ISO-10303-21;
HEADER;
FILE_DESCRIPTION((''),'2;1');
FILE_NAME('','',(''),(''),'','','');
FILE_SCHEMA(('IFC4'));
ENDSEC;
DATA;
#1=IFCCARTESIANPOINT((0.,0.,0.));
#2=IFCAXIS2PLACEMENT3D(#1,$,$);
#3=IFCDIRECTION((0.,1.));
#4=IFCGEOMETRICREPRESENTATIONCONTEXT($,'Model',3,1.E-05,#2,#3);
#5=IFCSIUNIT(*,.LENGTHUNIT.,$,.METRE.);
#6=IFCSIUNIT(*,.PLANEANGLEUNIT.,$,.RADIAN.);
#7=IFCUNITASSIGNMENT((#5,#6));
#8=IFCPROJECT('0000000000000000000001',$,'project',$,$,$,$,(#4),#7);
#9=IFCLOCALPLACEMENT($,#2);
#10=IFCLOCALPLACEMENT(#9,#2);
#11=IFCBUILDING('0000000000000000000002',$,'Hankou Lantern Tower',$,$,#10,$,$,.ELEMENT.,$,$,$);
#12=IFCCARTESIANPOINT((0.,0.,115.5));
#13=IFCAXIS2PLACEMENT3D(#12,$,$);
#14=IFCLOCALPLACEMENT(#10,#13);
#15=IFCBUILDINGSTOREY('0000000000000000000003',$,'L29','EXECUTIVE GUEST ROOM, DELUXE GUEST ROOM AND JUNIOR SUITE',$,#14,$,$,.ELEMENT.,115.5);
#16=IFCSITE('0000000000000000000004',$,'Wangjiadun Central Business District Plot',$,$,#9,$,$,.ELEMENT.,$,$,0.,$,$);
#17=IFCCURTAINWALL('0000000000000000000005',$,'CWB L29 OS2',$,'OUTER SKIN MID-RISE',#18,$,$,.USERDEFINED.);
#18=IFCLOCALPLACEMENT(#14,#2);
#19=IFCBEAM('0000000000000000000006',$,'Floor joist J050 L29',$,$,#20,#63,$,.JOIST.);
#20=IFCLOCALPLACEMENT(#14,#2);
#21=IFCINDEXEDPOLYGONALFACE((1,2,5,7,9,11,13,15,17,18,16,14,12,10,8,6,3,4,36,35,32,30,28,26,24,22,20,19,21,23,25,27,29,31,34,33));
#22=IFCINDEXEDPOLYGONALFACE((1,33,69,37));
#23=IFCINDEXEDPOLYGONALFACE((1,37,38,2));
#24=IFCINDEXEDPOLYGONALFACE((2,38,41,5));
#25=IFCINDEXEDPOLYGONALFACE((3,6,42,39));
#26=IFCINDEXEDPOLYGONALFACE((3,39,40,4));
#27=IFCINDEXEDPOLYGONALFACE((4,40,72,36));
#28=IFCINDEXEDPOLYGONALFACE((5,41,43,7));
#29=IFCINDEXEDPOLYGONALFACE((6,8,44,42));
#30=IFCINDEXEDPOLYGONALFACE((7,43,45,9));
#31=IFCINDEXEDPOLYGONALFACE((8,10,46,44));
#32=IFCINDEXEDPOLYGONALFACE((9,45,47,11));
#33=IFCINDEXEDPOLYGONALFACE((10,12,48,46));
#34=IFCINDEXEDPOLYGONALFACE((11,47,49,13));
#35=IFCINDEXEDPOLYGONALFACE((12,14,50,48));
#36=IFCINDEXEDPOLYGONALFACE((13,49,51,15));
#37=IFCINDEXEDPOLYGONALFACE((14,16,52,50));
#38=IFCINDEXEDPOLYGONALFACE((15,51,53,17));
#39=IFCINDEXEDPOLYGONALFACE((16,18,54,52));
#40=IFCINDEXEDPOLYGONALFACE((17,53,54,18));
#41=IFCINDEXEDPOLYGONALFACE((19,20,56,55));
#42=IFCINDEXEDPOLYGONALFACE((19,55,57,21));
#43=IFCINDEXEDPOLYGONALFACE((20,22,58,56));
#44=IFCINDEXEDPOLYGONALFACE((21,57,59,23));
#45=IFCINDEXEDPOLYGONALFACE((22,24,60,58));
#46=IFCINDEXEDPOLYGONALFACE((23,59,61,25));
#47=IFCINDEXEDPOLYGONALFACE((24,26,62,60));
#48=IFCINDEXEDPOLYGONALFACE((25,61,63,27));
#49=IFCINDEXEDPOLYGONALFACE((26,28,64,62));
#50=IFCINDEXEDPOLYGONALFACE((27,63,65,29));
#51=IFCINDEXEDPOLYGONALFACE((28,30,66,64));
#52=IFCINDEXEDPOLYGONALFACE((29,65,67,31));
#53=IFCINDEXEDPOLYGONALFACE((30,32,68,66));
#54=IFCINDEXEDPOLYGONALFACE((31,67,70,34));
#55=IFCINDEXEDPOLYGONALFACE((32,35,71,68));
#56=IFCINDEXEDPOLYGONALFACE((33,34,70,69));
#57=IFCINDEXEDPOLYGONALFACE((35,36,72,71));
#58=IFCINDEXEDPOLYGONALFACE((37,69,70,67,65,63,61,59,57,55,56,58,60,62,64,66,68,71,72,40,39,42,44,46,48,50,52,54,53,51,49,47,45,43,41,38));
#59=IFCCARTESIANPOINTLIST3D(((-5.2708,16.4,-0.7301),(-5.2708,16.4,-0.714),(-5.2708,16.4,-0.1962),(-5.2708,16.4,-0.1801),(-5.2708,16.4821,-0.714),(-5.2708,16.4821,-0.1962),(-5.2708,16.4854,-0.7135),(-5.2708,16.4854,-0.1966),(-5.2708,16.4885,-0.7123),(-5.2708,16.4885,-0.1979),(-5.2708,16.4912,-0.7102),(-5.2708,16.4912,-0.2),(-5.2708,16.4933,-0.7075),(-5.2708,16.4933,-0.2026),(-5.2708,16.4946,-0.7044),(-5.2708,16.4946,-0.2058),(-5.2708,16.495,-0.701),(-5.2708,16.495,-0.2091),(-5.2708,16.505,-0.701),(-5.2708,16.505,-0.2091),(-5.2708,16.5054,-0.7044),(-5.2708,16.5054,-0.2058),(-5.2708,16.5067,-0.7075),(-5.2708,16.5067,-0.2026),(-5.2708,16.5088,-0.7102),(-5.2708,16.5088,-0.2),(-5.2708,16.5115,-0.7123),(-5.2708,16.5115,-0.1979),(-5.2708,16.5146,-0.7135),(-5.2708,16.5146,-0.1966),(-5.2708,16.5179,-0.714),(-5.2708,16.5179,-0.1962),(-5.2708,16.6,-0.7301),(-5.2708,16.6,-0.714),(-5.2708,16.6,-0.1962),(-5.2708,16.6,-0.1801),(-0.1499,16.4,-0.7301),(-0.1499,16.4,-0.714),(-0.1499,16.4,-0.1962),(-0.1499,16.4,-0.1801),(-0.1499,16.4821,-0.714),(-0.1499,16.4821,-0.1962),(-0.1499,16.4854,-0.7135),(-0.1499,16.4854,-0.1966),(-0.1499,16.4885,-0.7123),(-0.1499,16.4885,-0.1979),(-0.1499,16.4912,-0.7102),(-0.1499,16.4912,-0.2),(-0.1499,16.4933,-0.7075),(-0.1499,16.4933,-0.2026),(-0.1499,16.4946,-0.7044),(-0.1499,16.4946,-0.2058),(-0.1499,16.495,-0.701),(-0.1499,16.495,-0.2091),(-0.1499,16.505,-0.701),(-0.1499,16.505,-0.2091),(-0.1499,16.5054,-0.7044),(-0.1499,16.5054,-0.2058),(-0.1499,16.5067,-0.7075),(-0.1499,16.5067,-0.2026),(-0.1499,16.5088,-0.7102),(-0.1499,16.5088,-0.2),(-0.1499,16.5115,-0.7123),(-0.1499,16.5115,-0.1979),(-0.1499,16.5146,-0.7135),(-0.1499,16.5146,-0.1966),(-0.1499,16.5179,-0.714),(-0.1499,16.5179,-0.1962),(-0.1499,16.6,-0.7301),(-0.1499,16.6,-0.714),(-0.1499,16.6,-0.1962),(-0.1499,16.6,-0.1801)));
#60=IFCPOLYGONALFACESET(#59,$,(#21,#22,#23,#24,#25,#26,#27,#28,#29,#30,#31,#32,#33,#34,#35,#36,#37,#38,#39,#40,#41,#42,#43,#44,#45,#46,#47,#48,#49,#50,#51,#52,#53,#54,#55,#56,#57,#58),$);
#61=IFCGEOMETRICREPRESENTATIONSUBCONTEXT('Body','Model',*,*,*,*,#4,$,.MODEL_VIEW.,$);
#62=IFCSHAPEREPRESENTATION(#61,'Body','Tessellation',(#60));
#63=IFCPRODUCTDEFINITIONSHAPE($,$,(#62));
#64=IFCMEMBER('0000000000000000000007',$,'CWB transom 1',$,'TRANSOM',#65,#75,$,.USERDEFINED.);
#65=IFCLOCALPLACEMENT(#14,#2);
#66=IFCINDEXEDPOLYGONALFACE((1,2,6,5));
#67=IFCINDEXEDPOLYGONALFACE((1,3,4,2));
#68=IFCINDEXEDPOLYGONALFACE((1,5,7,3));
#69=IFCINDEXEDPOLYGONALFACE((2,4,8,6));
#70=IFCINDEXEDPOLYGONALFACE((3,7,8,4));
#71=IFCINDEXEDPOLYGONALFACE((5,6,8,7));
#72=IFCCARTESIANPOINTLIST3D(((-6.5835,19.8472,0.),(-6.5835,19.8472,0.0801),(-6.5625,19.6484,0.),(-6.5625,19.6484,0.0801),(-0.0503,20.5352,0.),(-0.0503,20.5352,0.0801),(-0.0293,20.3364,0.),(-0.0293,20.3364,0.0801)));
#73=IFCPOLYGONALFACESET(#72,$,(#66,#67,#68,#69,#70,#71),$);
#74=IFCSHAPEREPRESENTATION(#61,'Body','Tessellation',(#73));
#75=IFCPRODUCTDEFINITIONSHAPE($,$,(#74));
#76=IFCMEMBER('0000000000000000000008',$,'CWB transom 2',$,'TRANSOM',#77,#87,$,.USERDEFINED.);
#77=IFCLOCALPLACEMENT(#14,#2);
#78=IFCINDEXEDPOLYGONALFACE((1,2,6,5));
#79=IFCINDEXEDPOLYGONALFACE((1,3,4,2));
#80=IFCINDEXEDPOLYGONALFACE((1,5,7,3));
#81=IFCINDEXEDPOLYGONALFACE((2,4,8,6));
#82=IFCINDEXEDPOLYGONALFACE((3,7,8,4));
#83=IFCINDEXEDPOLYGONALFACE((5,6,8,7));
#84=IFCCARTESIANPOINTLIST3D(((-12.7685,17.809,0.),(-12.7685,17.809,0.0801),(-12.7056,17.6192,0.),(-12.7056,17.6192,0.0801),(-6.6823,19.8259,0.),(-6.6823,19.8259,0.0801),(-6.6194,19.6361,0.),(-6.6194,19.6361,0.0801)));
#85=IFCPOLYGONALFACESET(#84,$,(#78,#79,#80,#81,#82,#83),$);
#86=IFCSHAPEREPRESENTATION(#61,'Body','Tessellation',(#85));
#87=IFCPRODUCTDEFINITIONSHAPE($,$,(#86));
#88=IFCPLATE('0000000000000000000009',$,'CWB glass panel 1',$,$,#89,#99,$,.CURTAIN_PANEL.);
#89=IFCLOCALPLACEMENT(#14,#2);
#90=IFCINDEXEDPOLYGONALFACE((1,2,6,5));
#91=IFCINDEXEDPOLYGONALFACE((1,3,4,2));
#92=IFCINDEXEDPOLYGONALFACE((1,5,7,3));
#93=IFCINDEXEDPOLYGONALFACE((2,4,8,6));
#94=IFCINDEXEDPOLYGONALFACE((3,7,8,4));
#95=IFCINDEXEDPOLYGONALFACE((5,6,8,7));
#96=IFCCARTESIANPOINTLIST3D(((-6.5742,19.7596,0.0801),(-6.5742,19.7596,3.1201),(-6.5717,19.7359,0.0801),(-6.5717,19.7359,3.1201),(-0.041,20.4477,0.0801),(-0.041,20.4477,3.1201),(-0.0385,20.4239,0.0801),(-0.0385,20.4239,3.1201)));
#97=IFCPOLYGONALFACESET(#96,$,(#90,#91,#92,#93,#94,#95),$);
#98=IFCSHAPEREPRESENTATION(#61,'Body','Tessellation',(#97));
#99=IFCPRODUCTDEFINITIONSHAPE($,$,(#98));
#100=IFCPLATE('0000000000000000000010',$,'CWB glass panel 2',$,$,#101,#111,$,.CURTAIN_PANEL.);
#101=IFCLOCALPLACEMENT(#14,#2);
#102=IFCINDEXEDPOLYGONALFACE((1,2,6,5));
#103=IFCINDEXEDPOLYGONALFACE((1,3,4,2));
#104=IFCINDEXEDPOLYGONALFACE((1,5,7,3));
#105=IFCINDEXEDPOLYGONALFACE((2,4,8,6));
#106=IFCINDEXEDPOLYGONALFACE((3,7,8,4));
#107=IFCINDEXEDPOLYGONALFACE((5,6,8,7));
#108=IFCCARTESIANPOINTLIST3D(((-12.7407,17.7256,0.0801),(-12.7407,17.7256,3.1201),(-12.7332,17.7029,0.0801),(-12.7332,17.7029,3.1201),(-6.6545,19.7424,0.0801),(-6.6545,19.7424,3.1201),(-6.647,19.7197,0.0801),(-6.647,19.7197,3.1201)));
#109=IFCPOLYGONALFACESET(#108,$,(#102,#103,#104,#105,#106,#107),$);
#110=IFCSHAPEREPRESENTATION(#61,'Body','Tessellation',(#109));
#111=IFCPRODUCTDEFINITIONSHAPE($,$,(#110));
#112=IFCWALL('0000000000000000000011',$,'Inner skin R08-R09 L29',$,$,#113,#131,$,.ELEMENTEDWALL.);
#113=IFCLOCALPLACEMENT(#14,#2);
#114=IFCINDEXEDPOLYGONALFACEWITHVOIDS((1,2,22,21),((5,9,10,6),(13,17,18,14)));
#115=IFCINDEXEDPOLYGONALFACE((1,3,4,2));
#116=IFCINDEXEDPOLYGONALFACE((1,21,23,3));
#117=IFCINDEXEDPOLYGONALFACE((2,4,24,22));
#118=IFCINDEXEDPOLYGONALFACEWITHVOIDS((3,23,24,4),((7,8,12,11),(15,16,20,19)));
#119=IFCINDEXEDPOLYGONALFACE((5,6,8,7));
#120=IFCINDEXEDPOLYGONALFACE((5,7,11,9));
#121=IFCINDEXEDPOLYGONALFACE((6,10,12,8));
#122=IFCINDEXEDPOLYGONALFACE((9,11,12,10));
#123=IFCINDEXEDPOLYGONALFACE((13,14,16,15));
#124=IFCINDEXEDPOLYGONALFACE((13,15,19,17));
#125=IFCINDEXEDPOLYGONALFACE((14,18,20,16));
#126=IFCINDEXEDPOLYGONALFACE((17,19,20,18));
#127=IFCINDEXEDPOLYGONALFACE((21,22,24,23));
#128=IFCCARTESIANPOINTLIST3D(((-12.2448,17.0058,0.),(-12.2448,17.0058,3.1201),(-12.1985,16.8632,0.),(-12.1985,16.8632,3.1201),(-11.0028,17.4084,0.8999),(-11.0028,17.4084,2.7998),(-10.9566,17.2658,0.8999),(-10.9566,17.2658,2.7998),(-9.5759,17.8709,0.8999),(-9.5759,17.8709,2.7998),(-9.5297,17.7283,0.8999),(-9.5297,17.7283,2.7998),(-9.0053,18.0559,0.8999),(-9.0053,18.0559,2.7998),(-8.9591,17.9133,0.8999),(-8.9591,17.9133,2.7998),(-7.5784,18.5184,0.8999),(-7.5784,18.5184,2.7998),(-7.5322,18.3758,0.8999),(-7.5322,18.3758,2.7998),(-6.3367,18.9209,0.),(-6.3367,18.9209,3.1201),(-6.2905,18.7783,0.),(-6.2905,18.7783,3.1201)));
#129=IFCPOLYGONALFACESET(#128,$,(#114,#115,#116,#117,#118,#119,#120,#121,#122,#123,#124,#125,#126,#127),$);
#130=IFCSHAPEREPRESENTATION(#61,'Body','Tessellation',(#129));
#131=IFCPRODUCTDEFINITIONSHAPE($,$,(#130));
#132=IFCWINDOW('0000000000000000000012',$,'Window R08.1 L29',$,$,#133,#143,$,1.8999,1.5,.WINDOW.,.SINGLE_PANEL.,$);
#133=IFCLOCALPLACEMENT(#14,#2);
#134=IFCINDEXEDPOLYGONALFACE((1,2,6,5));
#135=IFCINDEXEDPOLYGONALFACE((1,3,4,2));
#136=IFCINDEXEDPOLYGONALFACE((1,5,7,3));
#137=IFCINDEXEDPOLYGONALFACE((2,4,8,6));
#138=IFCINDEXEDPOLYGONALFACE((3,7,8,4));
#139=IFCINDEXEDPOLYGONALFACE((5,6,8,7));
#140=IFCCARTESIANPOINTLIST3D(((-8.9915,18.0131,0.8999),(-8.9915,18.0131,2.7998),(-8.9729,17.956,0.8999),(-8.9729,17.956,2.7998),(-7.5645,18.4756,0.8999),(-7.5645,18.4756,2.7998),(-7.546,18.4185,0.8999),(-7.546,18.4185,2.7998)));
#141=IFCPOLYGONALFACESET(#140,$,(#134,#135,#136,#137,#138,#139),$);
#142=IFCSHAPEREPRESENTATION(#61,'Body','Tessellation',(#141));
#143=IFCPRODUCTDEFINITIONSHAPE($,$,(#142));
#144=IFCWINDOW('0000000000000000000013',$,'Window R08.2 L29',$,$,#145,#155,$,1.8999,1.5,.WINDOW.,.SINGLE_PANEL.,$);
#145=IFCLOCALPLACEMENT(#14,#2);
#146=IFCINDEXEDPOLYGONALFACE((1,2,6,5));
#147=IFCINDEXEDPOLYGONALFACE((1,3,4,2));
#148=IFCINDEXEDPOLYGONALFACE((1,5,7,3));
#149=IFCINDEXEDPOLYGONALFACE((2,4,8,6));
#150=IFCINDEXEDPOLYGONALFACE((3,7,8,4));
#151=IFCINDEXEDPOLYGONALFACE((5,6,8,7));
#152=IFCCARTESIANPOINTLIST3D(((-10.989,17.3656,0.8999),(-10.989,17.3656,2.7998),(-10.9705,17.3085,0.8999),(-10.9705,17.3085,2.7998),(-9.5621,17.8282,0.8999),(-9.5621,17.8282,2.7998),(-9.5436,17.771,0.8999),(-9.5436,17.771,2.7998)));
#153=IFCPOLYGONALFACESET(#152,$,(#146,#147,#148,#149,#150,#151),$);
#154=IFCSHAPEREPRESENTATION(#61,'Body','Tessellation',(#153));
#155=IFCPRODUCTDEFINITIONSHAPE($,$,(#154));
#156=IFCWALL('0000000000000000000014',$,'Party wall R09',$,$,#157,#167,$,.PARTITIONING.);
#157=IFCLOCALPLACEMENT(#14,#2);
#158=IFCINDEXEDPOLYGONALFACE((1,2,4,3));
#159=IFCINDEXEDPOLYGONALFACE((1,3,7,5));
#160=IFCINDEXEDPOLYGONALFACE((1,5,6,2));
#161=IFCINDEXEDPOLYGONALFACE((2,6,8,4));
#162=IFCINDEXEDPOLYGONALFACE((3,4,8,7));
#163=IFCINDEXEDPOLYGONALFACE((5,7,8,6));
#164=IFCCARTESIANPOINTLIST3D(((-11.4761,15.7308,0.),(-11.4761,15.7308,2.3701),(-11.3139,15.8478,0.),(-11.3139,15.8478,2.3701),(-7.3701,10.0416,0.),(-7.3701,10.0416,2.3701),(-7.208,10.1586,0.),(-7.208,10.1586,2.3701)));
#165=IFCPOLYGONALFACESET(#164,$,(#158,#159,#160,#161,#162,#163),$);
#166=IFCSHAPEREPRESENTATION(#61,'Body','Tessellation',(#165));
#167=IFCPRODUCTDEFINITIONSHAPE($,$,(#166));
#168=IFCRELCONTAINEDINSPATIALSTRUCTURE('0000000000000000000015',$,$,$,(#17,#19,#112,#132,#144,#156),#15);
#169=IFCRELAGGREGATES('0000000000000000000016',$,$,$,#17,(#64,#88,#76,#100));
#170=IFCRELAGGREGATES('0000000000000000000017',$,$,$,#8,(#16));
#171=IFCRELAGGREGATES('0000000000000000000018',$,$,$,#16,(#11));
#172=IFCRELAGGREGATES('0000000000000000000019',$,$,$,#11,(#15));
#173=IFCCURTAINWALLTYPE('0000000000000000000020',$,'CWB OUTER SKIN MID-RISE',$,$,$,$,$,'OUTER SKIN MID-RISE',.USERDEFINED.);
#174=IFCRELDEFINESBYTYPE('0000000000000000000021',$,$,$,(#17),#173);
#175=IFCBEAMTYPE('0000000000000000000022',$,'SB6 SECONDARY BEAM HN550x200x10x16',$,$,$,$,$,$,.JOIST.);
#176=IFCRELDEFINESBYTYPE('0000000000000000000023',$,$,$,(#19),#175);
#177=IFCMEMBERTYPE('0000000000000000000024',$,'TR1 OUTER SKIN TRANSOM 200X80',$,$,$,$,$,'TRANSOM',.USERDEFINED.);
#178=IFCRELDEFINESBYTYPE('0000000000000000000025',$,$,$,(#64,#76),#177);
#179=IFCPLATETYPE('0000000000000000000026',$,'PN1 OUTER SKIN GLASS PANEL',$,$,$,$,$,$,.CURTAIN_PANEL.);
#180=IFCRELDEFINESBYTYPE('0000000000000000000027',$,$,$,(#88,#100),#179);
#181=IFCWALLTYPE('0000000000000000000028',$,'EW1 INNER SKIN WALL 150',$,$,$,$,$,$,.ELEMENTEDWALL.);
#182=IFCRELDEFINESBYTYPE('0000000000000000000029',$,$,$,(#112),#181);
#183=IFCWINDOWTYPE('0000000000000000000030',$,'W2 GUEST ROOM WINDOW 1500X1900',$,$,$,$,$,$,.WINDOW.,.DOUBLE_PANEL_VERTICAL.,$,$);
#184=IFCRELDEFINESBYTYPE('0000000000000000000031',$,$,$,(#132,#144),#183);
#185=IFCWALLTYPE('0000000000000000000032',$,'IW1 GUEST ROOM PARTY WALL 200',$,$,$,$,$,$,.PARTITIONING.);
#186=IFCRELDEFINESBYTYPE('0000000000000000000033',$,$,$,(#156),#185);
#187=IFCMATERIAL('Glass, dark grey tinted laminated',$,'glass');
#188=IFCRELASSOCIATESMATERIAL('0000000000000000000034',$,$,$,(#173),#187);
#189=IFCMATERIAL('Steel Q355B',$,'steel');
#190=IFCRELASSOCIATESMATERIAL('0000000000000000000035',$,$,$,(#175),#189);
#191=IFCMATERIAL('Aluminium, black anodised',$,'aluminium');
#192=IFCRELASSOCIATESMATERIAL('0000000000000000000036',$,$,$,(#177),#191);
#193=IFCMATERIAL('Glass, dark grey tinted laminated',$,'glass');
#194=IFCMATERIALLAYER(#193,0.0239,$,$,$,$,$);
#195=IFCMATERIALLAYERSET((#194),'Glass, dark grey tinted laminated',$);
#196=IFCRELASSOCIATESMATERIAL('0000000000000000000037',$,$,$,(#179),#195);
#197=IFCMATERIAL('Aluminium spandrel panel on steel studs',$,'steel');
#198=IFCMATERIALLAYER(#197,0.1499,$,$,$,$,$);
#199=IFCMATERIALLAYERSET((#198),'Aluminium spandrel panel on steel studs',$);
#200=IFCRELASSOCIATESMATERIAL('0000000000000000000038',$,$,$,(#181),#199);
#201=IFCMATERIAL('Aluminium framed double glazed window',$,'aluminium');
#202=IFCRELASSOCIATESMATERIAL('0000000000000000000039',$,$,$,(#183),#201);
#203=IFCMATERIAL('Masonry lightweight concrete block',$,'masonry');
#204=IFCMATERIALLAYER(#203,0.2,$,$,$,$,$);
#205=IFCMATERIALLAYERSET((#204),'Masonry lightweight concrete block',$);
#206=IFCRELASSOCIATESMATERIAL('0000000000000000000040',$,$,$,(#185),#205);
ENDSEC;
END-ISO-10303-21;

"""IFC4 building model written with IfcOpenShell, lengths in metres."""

from ifc_helpers import new_model, si_unit, direction, frame, frame_2d, origin, origin_2d, place, context, subcontext, project, spatial, rectangle, i_section, extrude, material, layer, layer_set, material_profile, profile_set, type_object, element, fill, aggregate, save


model = new_model("IFC4")

# Units and contexts
model_context = context("Model", 3, precision=1e-05, world=origin(), true_north=direction((0.0, 1.0)))
body_context = subcontext(model_context, "Body", "Model", "MODEL_VIEW")
ifc_project = project(units=[si_unit("LENGTHUNIT", "METRE"), si_unit("PLANEANGLEUNIT", "RADIAN")], contexts=[model_context])

# Site, building, storey
site_placement = place(None, origin())
site = spatial("IfcSite", under=ifc_project, at=site_placement, Name="Wangjiadun Central Business District Plot", CompositionType="ELEMENT", RefElevation=0.0)
building_placement = place(site_placement, origin())
building = spatial("IfcBuilding", under=site, at=building_placement, Name="Hankou Lantern Tower", CompositionType="ELEMENT")
storey_placement = place(building_placement, frame((0.0, 0.0, 115.5)))
storey = spatial("IfcBuildingStorey", under=building, at=storey_placement, Name="L29", Description="EXECUTIVE GUEST ROOM, DELUXE GUEST ROOM AND JUNIOR SUITE", CompositionType="ELEMENT", Elevation=115.5)

# Curtain wall
ifc_material_1 = material(Name="Glass, dark grey tinted laminated", Category="glass")
curtain_wall_type = type_object("IfcCurtainWallType", Name="CWB OUTER SKIN MID-RISE", ElementType="OUTER SKIN MID-RISE", PredefinedType="USERDEFINED", material=ifc_material_1)
curtain_wall_placement = place(storey_placement, origin())
curtain_wall = element("IfcCurtainWall", 1, at=curtain_wall_placement, inside=storey, type_object=curtain_wall_type, Name="CWB L29 OS2", ObjectType="OUTER SKIN MID-RISE", PredefinedType="USERDEFINED")

# Beam
ifc_material_2 = material(Name="Steel Q355B", Category="steel")
ifc_material_profile_1 = material_profile(ifc_material_2, i_section(OverallWidth=0.2, OverallDepth=0.55, WebThickness=0.01, FlangeThickness=0.0161, FilletRadius=0.0129, at=origin_2d()), Name="HN550x200x10x16")
ifc_profile_set_1 = profile_set([ifc_material_profile_1], Name="Steel Q355B")
beam_type_1 = type_object("IfcBeamType", Name="SB6 SECONDARY BEAM HN550x200x10x16", PredefinedType="JOIST", material=ifc_profile_set_1)
beam_1_placement = place(storey_placement, frame((-5.2708, 16.5, -0.4551), z_axis=(1.0, 0.0, 0.0), x_axis=(0.0, 1.0, 0.0)))
element("IfcBeam", 2, at=beam_1_placement, inside=storey, type_object=beam_type_1, Name="Floor joist J050 L29", PredefinedType="JOIST", context=body_context, shape_type="SweptSolid", body=[
    extrude(i_section(OverallWidth=0.2, OverallDepth=0.55, WebThickness=0.01, FlangeThickness=0.0161, FilletRadius=0.0129, at=origin_2d()), origin(), (0.0, 0.0, 1.0), 5.1208),
])

# Members
ifc_material_3 = material(Name="Aluminium, black anodised", Category="aluminium")
ifc_material_profile_2 = material_profile(ifc_material_3, rectangle(XDim=0.2, YDim=0.0801, at=origin_2d()), Name="TR1 200X80")
ifc_profile_set_2 = profile_set([ifc_material_profile_2], Name="Aluminium, black anodised")
member_type_1 = type_object("IfcMemberType", Name="TR1 OUTER SKIN TRANSOM 200X80", ElementType="TRANSOM", PredefinedType="USERDEFINED", material=ifc_profile_set_2)
member_1_placement = place(storey_placement, frame((-0.0398, 20.4358, 0.04), z_axis=(-0.994501, -0.104727, 0.0), x_axis=(0.104727, -0.994501, 0.0)))
member_1 = element("IfcMember", 3, at=member_1_placement, type_object=member_type_1, Name="CWB transom 1", ObjectType="TRANSOM", PredefinedType="USERDEFINED", context=body_context, shape_type="SweptSolid", body=[
    extrude(rectangle(XDim=0.2, YDim=0.0801, at=origin_2d()), origin(), (0.0, 0.0, 1.0), 6.5693),
])
member_2_placement = place(storey_placement, frame((-6.6509, 19.731, 0.04), z_axis=(-0.949238, -0.314559, 0.0), x_axis=(0.314559, -0.949238, 0.0)))
member_2 = element("IfcMember", 4, at=member_2_placement, type_object=member_type_1, Name="CWB transom 2", ObjectType="TRANSOM", PredefinedType="USERDEFINED", context=body_context, shape_type="SweptSolid", body=[
    extrude(rectangle(XDim=0.2, YDim=0.0801, at=origin_2d()), origin(), (0.0, 0.0, 1.0), 6.4116),
])

# Plates
ifc_material_4 = material(Name="Glass, dark grey tinted laminated", Category="glass")
ifc_layer_1 = layer(ifc_material_4, 0.0239)
ifc_layer_set_1 = layer_set([ifc_layer_1], Name="Glass, dark grey tinted laminated")
plate_type = type_object("IfcPlateType", Name="PN1 OUTER SKIN GLASS PANEL", PredefinedType="CURTAIN_PANEL", material=ifc_layer_set_1)
plate_1_placement = place(storey_placement, frame((-3.3064, 20.0918, 0.0801), z_axis=(0.0, 0.0, 1.0), x_axis=(-0.994499, -0.104743, 0.0)))
plate_1 = element("IfcPlate", 5, at=plate_1_placement, type_object=plate_type, Name="CWB glass panel 1", PredefinedType="CURTAIN_PANEL", context=body_context, shape_type="SweptSolid", body=[
    extrude(rectangle(XDim=6.5693, YDim=0.0239, at=origin_2d()), origin(), (0.0, 0.0, 1.0), 3.04),
])
plate_2_placement = place(storey_placement, frame((-9.6938, 18.7227, 0.0801), z_axis=(0.0, 0.0, 1.0), x_axis=(-0.949241, -0.314551, 0.0)))
plate_2 = element("IfcPlate", 6, at=plate_2_placement, type_object=plate_type, Name="CWB glass panel 2", PredefinedType="CURTAIN_PANEL", context=body_context, shape_type="SweptSolid", body=[
    extrude(rectangle(XDim=6.4116, YDim=0.0239, at=origin_2d()), origin(), (0.0, 0.0, 1.0), 3.04),
])
aggregate(curtain_wall, [member_1, plate_1, member_2, plate_2])

# Wall, openings, windows
ifc_material_5 = material(Name="Aluminium spandrel panel on steel studs", Category="steel")
ifc_layer_2 = layer(ifc_material_5, 0.1499)
ifc_layer_set_2 = layer_set([ifc_layer_2], Name="Aluminium spandrel panel on steel studs")
wall_type_1 = type_object("IfcWallType", Name="EW1 INNER SKIN WALL 150", PredefinedType="ELEMENTEDWALL", material=ifc_layer_set_2)
wall_1_placement = place(storey_placement, frame((-6.3135, 18.8496, 0.0), z_axis=(0.0, 0.0, 1.0), x_axis=(-0.951273, -0.308351, 0.0)))
wall_1 = element("IfcWall", 7, at=wall_1_placement, inside=storey, type_object=wall_type_1, Name="Inner skin R08-R09 L29", PredefinedType="ELEMENTEDWALL", context=body_context, shape_type="SweptSolid", body=[
    extrude(rectangle(XDim=6.2107, YDim=0.1499, at=frame_2d((3.1055, 0.0))), origin(), (0.0, 0.0, 1.0), 3.1201),
])
opening_1_placement = place(wall_1_placement, frame((1.3054, 0.0, 0.8999)))
opening_1 = element("IfcOpeningElement", 8, at=opening_1_placement, cuts=wall_1, PredefinedType="OPENING", context=body_context, shape_type="SweptSolid", body=[
    extrude(rectangle(XDim=1.5, YDim=1.8999, at=frame_2d((0.75, 0.95))), frame((0.0, 0.085, 0.0), z_axis=(0.0, -1.0, 0.0), x_axis=(1.0, 0.0, 0.0)), (0.0, 0.0, 1.0), 0.1699),
])
opening_2_placement = place(wall_1_placement, frame((3.4053, 0.0, 0.8999)))
opening_2 = element("IfcOpeningElement", 9, at=opening_2_placement, cuts=wall_1, PredefinedType="OPENING", context=body_context, shape_type="SweptSolid", body=[
    extrude(rectangle(XDim=1.5, YDim=1.8999, at=frame_2d((0.75, 0.95))), frame((0.0, 0.085, 0.0), z_axis=(0.0, -1.0, 0.0), x_axis=(1.0, 0.0, 0.0)), (0.0, 0.0, 1.0), 0.1699),
])
ifc_material_6 = material(Name="Aluminium framed double glazed window", Category="aluminium")
window_type = type_object("IfcWindowType", Name="W2 GUEST ROOM WINDOW 1500X1900", PartitioningType="DOUBLE_PANEL_VERTICAL", PredefinedType="WINDOW", material=ifc_material_6)
window_1_placement = place(opening_1_placement, origin())
window_1 = element("IfcWindow", 10, at=window_1_placement, inside=storey, type_object=window_type, Name="Window R08.1 L29", OverallHeight=1.8999, OverallWidth=1.5, PartitioningType="SINGLE_PANEL", PredefinedType="WINDOW", context=body_context, shape_type="SweptSolid", body=[
    extrude(rectangle(XDim=1.5, YDim=1.8999, at=frame_2d((0.75, 0.95))), frame((0.0, 0.03, 0.0), z_axis=(0.0, -1.0, 0.0), x_axis=(1.0, 0.0, 0.0)), (0.0, 0.0, 1.0), 0.0601),
])
fill(opening_1, window_1)
window_2_placement = place(opening_2_placement, origin())
window_2 = element("IfcWindow", 11, at=window_2_placement, inside=storey, type_object=window_type, Name="Window R08.2 L29", OverallHeight=1.8999, OverallWidth=1.5, PartitioningType="SINGLE_PANEL", PredefinedType="WINDOW", context=body_context, shape_type="SweptSolid", body=[
    extrude(rectangle(XDim=1.5, YDim=1.8999, at=frame_2d((0.75, 0.95))), frame((0.0, 0.03, 0.0), z_axis=(0.0, -1.0, 0.0), x_axis=(1.0, 0.0, 0.0)), (0.0, 0.0, 1.0), 0.0601),
])
fill(opening_2, window_2)

# Wall
ifc_material_7 = material(Name="Masonry lightweight concrete block", Category="masonry")
ifc_layer_3 = layer(ifc_material_7, 0.2)
ifc_layer_set_3 = layer_set([ifc_layer_3], Name="Masonry lightweight concrete block")
wall_type_2 = type_object("IfcWallType", Name="IW1 GUEST ROOM PARTY WALL 200", PredefinedType="PARTITIONING", material=ifc_layer_set_3)
wall_2_placement = place(storey_placement, frame((-7.2891, 10.1001, 0.0), z_axis=(0.0, 0.0, 1.0), x_axis=(-0.585217, 0.810876, 0.0)))
element("IfcWall", 12, at=wall_2_placement, inside=storey, type_object=wall_type_2, Name="Party wall R09", PredefinedType="PARTITIONING", context=body_context, shape_type="SweptSolid", body=[
    extrude(rectangle(XDim=7.0161, YDim=0.2, at=frame_2d((3.5081, 0.0))), origin(), (0.0, 0.0, 1.0), 2.3701),
])

save(model, "model.ifc")
